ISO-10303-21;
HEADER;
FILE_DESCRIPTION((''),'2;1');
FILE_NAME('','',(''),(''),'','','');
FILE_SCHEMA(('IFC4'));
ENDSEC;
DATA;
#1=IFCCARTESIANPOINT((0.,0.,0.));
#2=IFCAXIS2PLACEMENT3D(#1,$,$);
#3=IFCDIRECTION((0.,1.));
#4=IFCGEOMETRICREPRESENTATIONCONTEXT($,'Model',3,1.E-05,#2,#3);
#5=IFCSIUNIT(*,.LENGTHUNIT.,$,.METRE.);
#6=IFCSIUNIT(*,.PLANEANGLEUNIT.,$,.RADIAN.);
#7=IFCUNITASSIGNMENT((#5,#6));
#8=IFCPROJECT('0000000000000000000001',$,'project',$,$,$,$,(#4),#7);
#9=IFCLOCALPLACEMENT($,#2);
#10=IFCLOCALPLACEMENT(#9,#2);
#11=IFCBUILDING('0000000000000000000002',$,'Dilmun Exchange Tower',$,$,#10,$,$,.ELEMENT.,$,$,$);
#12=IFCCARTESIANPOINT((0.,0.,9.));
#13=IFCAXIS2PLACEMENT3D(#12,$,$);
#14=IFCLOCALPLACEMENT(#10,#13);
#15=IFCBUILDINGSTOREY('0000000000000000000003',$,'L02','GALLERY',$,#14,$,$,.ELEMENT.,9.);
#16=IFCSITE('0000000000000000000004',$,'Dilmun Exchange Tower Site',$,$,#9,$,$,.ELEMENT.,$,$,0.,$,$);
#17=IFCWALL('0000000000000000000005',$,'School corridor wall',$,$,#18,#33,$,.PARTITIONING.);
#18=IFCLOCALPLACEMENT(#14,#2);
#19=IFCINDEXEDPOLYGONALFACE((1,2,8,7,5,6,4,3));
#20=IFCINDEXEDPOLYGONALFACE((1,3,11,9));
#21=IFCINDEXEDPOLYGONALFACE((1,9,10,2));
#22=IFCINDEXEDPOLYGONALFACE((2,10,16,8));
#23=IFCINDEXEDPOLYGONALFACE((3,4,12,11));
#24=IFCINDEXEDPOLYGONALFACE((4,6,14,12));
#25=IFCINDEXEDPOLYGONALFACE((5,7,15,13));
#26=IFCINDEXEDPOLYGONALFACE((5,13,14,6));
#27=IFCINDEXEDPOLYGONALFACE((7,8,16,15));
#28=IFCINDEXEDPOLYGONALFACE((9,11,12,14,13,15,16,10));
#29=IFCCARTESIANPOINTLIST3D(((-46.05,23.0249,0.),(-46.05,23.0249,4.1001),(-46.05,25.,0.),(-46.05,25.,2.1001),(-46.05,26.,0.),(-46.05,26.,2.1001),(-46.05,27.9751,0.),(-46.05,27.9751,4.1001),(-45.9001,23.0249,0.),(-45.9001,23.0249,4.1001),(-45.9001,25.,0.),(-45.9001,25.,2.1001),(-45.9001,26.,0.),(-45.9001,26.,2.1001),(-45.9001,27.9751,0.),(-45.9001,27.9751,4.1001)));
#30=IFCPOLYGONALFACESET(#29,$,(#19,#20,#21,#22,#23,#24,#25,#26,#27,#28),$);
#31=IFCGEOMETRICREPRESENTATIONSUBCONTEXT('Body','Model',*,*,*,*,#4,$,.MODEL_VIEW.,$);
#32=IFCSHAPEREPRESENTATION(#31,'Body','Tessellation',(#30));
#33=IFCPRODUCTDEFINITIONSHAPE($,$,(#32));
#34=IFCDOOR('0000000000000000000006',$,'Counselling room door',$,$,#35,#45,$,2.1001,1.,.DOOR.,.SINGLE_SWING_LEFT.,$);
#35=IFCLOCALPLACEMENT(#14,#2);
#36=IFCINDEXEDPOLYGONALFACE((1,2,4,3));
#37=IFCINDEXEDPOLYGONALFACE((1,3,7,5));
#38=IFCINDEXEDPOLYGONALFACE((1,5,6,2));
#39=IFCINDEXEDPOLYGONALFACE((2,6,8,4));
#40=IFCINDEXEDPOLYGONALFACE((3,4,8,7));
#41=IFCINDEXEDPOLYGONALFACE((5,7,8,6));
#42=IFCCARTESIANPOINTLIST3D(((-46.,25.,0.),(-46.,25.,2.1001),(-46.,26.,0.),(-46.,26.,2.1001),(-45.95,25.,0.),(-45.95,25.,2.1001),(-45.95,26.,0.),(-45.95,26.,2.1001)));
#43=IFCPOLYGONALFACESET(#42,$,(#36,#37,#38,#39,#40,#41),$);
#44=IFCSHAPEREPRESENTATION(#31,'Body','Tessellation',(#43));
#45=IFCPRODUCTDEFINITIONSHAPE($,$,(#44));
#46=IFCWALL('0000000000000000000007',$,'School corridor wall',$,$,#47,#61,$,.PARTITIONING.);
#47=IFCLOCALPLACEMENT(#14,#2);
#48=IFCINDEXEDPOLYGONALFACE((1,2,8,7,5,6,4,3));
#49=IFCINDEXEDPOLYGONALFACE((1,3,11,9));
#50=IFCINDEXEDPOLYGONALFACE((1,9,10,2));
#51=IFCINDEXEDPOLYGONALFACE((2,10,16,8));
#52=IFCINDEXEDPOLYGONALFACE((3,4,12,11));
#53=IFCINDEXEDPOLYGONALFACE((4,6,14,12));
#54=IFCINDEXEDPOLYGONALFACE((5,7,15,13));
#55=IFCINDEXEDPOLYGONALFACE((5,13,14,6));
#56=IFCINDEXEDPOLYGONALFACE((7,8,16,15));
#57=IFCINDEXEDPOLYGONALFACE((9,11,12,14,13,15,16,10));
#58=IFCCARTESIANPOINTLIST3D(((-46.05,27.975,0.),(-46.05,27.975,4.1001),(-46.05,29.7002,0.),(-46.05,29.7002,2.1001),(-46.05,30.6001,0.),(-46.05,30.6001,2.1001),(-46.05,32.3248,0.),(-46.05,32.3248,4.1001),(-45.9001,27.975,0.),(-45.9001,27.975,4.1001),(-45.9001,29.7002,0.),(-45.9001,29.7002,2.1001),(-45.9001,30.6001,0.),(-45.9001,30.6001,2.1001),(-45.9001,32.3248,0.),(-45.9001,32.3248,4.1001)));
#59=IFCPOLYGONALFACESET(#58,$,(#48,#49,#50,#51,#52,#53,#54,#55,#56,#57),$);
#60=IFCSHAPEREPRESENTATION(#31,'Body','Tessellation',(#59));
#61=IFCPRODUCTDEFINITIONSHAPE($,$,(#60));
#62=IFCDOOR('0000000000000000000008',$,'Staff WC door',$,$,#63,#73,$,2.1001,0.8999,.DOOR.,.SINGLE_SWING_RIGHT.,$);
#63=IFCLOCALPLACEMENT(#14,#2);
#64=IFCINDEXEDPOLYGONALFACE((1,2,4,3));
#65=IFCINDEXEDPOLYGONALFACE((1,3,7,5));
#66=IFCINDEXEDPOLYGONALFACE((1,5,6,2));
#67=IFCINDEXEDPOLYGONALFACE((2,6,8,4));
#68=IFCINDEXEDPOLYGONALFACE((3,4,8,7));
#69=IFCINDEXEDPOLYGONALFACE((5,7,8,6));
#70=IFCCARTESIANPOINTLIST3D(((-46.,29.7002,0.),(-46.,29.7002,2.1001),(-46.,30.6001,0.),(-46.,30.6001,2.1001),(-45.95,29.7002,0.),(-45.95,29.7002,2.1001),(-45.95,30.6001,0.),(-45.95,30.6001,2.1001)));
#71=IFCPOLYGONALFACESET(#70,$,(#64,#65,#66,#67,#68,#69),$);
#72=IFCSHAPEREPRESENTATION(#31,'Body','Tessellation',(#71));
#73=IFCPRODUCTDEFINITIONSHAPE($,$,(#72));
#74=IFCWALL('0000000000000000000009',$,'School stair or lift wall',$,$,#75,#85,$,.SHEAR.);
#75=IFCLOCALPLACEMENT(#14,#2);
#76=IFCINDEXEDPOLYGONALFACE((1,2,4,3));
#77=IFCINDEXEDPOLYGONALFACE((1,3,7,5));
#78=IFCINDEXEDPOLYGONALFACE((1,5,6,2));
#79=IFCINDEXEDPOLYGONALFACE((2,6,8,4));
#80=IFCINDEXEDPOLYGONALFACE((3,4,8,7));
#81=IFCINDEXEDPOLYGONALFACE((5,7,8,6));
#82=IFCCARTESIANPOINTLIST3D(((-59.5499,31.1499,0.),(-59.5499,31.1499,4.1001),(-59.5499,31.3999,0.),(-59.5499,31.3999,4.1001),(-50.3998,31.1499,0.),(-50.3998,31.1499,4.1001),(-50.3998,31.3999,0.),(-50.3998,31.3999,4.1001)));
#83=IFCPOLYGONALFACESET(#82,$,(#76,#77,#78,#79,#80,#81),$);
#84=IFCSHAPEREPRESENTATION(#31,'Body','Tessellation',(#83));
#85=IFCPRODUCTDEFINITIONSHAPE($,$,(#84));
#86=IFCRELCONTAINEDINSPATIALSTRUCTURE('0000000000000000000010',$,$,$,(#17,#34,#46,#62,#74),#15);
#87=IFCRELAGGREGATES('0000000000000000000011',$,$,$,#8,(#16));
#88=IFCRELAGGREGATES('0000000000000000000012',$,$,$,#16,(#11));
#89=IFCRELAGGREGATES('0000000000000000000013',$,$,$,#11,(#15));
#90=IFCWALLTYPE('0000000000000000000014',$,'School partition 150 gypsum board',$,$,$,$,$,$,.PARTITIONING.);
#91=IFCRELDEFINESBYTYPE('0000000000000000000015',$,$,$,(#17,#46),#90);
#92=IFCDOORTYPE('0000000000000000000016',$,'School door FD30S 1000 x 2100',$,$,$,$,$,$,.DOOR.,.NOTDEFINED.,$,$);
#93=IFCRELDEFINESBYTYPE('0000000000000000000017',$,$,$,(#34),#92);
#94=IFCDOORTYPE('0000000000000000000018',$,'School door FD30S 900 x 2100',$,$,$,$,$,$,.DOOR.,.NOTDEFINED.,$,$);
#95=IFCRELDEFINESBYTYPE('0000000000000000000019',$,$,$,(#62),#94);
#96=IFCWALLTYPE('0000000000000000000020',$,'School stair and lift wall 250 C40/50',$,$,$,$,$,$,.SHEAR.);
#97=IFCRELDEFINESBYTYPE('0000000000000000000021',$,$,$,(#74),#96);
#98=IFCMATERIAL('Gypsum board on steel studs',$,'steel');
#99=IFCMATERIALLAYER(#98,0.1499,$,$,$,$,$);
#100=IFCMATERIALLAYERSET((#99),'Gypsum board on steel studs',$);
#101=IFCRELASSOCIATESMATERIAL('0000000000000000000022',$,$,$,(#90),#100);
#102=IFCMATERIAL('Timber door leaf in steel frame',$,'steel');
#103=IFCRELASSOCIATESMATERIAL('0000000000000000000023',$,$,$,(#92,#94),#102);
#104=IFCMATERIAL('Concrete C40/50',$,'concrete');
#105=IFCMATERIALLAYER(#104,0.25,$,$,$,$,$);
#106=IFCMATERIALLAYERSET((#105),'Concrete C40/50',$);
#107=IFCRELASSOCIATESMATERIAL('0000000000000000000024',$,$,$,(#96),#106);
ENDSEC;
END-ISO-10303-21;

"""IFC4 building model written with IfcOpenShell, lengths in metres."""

from ifc_helpers import new_model, si_unit, direction, frame, frame_2d, origin, place, context, subcontext, project, spatial, rectangle, extrude, material, layer, layer_set, type_object, element, fill, save


model = new_model("IFC4")

# Units and contexts
model_context = context("Model", 3, precision=1e-05, world=origin(), true_north=direction((0.0, 1.0)))
body_context = subcontext(model_context, "Body", "Model", "MODEL_VIEW")
ifc_project = project(units=[si_unit("LENGTHUNIT", "METRE"), si_unit("PLANEANGLEUNIT", "RADIAN")], contexts=[model_context])

# Site, building, storey
site_placement = place(None, origin())
site = spatial("IfcSite", under=ifc_project, at=site_placement, Name="Dilmun Exchange Tower Site", CompositionType="ELEMENT", RefElevation=0.0)
building_placement = place(site_placement, origin())
building = spatial("IfcBuilding", under=site, at=building_placement, Name="Dilmun Exchange Tower", CompositionType="ELEMENT")
storey_placement = place(building_placement, frame((0.0, 0.0, 9.0)))
storey = spatial("IfcBuildingStorey", under=building, at=storey_placement, Name="L02", Description="GALLERY", CompositionType="ELEMENT", Elevation=9.0)

# Shared definitions
ifc_material_1 = material(Name="Concrete C40/50", Category="concrete")

# Shared definitions
ifc_material_2 = material(Name="Gypsum board on steel studs", Category="steel")
ifc_layer_1 = layer(ifc_material_2, 0.1499)
ifc_layer_set_1 = layer_set([ifc_layer_1], Name="Gypsum board on steel studs")
wall_type_1 = type_object("IfcWallType", Name="School partition 150 gypsum board", PredefinedType="PARTITIONING", material=ifc_layer_set_1)

# Shared definitions
ifc_material_3 = material(Name="Timber door leaf in steel frame", Category="steel")
door_type_1 = type_object("IfcDoorType", Name="School door FD30S 1000 x 2100", OperationType="NOTDEFINED", PredefinedType="DOOR", material=ifc_material_3)

# Walls, openings, doors
wall_1_placement = place(storey_placement, frame((-45.9751, 23.0249, 0.0), z_axis=(0.0, 0.0, 1.0), x_axis=(0.0, 1.0, 0.0)))
wall_1 = element("IfcWall", 1, at=wall_1_placement, inside=storey, type_object=wall_type_1, Name="School corridor wall", PredefinedType="PARTITIONING", context=body_context, shape_type="SweptSolid", body=[
    extrude(rectangle(XDim=4.9502, YDim=0.1499, at=frame_2d((2.4751, 0.0))), origin(), (0.0, 0.0, 1.0), 4.1001),
])
opening_1_placement = place(wall_1_placement, frame((1.9751, 0.0, 0.0)))
opening_1 = element("IfcOpeningElement", 2, at=opening_1_placement, cuts=wall_1, PredefinedType="OPENING", context=body_context, shape_type="SweptSolid", body=[
    extrude(rectangle(XDim=1.0, YDim=2.1001, at=frame_2d((0.5, 1.05))), frame((0.0, 0.085, 0.0), z_axis=(0.0, -1.0, 0.0), x_axis=(1.0, 0.0, 0.0)), (0.0, 0.0, 1.0), 0.1699),
])
door_1_placement = place(opening_1_placement, origin())
door_1 = element("IfcDoor", 3, at=door_1_placement, inside=storey, type_object=door_type_1, Name="Counselling room door", OperationType="SINGLE_SWING_LEFT", OverallHeight=2.1001, OverallWidth=1.0, PredefinedType="DOOR", context=body_context, shape_type="SweptSolid", body=[
    extrude(rectangle(XDim=1.0, YDim=2.1001, at=frame_2d((0.5, 1.05))), frame((0.0, 0.0249, 0.0), z_axis=(0.0, -1.0, 0.0), x_axis=(1.0, 0.0, 0.0)), (0.0, 0.0, 1.0), 0.05),
])
fill(opening_1, door_1)
wall_2_placement = place(storey_placement, frame((-45.9751, 27.9751, 0.0), z_axis=(0.0, 0.0, 1.0), x_axis=(0.0, 1.0, 0.0)))
wall_2 = element("IfcWall", 4, at=wall_2_placement, inside=storey, type_object=wall_type_1, Name="School corridor wall", PredefinedType="PARTITIONING", context=body_context, shape_type="SweptSolid", body=[
    extrude(rectangle(XDim=4.3499, YDim=0.1499, at=frame_2d((2.1748, 0.0))), origin(), (0.0, 0.0, 1.0), 4.1001),
])
opening_2_placement = place(wall_2_placement, frame((1.7251, 0.0, 0.0)))
opening_2 = element("IfcOpeningElement", 5, at=opening_2_placement, cuts=wall_2, PredefinedType="OPENING", context=body_context, shape_type="SweptSolid", body=[
    extrude(rectangle(XDim=0.8999, YDim=2.1001, at=frame_2d((0.45, 1.05))), frame((0.0, 0.085, 0.0), z_axis=(0.0, -1.0, 0.0), x_axis=(1.0, 0.0, 0.0)), (0.0, 0.0, 1.0), 0.1699),
])
door_type_2 = type_object("IfcDoorType", Name="School door FD30S 900 x 2100", OperationType="NOTDEFINED", PredefinedType="DOOR", material=ifc_material_3)
door_2_placement = place(opening_2_placement, origin())
door_2 = element("IfcDoor", 6, at=door_2_placement, inside=storey, type_object=door_type_2, Name="Staff WC door", OperationType="SINGLE_SWING_RIGHT", OverallHeight=2.1001, OverallWidth=0.8999, PredefinedType="DOOR", context=body_context, shape_type="SweptSolid", body=[
    extrude(rectangle(XDim=0.8999, YDim=2.1001, at=frame_2d((0.45, 1.05))), frame((0.0, 0.0249, 0.0), z_axis=(0.0, -1.0, 0.0), x_axis=(1.0, 0.0, 0.0)), (0.0, 0.0, 1.0), 0.05),
])
fill(opening_2, door_2)

# Wall
ifc_layer_2 = layer(ifc_material_1, 0.25)
ifc_layer_set_2 = layer_set([ifc_layer_2], Name="Concrete C40/50")
wall_type_2 = type_object("IfcWallType", Name="School stair and lift wall 250 C40/50", PredefinedType="SHEAR", material=ifc_layer_set_2)
wall_3_placement = place(storey_placement, frame((-59.55, 31.2749, 0.0), z_axis=(0.0, 0.0, 1.0), x_axis=(1.0, 0.0, 0.0)))
element("IfcWall", 7, at=wall_3_placement, inside=storey, type_object=wall_type_2, Name="School stair or lift wall", PredefinedType="SHEAR", context=body_context, shape_type="SweptSolid", body=[
    extrude(rectangle(XDim=9.1501, YDim=0.25, at=frame_2d((4.5752, 0.0))), origin(), (0.0, 0.0, 1.0), 4.1001),
])

save(model, "model.ifc")
